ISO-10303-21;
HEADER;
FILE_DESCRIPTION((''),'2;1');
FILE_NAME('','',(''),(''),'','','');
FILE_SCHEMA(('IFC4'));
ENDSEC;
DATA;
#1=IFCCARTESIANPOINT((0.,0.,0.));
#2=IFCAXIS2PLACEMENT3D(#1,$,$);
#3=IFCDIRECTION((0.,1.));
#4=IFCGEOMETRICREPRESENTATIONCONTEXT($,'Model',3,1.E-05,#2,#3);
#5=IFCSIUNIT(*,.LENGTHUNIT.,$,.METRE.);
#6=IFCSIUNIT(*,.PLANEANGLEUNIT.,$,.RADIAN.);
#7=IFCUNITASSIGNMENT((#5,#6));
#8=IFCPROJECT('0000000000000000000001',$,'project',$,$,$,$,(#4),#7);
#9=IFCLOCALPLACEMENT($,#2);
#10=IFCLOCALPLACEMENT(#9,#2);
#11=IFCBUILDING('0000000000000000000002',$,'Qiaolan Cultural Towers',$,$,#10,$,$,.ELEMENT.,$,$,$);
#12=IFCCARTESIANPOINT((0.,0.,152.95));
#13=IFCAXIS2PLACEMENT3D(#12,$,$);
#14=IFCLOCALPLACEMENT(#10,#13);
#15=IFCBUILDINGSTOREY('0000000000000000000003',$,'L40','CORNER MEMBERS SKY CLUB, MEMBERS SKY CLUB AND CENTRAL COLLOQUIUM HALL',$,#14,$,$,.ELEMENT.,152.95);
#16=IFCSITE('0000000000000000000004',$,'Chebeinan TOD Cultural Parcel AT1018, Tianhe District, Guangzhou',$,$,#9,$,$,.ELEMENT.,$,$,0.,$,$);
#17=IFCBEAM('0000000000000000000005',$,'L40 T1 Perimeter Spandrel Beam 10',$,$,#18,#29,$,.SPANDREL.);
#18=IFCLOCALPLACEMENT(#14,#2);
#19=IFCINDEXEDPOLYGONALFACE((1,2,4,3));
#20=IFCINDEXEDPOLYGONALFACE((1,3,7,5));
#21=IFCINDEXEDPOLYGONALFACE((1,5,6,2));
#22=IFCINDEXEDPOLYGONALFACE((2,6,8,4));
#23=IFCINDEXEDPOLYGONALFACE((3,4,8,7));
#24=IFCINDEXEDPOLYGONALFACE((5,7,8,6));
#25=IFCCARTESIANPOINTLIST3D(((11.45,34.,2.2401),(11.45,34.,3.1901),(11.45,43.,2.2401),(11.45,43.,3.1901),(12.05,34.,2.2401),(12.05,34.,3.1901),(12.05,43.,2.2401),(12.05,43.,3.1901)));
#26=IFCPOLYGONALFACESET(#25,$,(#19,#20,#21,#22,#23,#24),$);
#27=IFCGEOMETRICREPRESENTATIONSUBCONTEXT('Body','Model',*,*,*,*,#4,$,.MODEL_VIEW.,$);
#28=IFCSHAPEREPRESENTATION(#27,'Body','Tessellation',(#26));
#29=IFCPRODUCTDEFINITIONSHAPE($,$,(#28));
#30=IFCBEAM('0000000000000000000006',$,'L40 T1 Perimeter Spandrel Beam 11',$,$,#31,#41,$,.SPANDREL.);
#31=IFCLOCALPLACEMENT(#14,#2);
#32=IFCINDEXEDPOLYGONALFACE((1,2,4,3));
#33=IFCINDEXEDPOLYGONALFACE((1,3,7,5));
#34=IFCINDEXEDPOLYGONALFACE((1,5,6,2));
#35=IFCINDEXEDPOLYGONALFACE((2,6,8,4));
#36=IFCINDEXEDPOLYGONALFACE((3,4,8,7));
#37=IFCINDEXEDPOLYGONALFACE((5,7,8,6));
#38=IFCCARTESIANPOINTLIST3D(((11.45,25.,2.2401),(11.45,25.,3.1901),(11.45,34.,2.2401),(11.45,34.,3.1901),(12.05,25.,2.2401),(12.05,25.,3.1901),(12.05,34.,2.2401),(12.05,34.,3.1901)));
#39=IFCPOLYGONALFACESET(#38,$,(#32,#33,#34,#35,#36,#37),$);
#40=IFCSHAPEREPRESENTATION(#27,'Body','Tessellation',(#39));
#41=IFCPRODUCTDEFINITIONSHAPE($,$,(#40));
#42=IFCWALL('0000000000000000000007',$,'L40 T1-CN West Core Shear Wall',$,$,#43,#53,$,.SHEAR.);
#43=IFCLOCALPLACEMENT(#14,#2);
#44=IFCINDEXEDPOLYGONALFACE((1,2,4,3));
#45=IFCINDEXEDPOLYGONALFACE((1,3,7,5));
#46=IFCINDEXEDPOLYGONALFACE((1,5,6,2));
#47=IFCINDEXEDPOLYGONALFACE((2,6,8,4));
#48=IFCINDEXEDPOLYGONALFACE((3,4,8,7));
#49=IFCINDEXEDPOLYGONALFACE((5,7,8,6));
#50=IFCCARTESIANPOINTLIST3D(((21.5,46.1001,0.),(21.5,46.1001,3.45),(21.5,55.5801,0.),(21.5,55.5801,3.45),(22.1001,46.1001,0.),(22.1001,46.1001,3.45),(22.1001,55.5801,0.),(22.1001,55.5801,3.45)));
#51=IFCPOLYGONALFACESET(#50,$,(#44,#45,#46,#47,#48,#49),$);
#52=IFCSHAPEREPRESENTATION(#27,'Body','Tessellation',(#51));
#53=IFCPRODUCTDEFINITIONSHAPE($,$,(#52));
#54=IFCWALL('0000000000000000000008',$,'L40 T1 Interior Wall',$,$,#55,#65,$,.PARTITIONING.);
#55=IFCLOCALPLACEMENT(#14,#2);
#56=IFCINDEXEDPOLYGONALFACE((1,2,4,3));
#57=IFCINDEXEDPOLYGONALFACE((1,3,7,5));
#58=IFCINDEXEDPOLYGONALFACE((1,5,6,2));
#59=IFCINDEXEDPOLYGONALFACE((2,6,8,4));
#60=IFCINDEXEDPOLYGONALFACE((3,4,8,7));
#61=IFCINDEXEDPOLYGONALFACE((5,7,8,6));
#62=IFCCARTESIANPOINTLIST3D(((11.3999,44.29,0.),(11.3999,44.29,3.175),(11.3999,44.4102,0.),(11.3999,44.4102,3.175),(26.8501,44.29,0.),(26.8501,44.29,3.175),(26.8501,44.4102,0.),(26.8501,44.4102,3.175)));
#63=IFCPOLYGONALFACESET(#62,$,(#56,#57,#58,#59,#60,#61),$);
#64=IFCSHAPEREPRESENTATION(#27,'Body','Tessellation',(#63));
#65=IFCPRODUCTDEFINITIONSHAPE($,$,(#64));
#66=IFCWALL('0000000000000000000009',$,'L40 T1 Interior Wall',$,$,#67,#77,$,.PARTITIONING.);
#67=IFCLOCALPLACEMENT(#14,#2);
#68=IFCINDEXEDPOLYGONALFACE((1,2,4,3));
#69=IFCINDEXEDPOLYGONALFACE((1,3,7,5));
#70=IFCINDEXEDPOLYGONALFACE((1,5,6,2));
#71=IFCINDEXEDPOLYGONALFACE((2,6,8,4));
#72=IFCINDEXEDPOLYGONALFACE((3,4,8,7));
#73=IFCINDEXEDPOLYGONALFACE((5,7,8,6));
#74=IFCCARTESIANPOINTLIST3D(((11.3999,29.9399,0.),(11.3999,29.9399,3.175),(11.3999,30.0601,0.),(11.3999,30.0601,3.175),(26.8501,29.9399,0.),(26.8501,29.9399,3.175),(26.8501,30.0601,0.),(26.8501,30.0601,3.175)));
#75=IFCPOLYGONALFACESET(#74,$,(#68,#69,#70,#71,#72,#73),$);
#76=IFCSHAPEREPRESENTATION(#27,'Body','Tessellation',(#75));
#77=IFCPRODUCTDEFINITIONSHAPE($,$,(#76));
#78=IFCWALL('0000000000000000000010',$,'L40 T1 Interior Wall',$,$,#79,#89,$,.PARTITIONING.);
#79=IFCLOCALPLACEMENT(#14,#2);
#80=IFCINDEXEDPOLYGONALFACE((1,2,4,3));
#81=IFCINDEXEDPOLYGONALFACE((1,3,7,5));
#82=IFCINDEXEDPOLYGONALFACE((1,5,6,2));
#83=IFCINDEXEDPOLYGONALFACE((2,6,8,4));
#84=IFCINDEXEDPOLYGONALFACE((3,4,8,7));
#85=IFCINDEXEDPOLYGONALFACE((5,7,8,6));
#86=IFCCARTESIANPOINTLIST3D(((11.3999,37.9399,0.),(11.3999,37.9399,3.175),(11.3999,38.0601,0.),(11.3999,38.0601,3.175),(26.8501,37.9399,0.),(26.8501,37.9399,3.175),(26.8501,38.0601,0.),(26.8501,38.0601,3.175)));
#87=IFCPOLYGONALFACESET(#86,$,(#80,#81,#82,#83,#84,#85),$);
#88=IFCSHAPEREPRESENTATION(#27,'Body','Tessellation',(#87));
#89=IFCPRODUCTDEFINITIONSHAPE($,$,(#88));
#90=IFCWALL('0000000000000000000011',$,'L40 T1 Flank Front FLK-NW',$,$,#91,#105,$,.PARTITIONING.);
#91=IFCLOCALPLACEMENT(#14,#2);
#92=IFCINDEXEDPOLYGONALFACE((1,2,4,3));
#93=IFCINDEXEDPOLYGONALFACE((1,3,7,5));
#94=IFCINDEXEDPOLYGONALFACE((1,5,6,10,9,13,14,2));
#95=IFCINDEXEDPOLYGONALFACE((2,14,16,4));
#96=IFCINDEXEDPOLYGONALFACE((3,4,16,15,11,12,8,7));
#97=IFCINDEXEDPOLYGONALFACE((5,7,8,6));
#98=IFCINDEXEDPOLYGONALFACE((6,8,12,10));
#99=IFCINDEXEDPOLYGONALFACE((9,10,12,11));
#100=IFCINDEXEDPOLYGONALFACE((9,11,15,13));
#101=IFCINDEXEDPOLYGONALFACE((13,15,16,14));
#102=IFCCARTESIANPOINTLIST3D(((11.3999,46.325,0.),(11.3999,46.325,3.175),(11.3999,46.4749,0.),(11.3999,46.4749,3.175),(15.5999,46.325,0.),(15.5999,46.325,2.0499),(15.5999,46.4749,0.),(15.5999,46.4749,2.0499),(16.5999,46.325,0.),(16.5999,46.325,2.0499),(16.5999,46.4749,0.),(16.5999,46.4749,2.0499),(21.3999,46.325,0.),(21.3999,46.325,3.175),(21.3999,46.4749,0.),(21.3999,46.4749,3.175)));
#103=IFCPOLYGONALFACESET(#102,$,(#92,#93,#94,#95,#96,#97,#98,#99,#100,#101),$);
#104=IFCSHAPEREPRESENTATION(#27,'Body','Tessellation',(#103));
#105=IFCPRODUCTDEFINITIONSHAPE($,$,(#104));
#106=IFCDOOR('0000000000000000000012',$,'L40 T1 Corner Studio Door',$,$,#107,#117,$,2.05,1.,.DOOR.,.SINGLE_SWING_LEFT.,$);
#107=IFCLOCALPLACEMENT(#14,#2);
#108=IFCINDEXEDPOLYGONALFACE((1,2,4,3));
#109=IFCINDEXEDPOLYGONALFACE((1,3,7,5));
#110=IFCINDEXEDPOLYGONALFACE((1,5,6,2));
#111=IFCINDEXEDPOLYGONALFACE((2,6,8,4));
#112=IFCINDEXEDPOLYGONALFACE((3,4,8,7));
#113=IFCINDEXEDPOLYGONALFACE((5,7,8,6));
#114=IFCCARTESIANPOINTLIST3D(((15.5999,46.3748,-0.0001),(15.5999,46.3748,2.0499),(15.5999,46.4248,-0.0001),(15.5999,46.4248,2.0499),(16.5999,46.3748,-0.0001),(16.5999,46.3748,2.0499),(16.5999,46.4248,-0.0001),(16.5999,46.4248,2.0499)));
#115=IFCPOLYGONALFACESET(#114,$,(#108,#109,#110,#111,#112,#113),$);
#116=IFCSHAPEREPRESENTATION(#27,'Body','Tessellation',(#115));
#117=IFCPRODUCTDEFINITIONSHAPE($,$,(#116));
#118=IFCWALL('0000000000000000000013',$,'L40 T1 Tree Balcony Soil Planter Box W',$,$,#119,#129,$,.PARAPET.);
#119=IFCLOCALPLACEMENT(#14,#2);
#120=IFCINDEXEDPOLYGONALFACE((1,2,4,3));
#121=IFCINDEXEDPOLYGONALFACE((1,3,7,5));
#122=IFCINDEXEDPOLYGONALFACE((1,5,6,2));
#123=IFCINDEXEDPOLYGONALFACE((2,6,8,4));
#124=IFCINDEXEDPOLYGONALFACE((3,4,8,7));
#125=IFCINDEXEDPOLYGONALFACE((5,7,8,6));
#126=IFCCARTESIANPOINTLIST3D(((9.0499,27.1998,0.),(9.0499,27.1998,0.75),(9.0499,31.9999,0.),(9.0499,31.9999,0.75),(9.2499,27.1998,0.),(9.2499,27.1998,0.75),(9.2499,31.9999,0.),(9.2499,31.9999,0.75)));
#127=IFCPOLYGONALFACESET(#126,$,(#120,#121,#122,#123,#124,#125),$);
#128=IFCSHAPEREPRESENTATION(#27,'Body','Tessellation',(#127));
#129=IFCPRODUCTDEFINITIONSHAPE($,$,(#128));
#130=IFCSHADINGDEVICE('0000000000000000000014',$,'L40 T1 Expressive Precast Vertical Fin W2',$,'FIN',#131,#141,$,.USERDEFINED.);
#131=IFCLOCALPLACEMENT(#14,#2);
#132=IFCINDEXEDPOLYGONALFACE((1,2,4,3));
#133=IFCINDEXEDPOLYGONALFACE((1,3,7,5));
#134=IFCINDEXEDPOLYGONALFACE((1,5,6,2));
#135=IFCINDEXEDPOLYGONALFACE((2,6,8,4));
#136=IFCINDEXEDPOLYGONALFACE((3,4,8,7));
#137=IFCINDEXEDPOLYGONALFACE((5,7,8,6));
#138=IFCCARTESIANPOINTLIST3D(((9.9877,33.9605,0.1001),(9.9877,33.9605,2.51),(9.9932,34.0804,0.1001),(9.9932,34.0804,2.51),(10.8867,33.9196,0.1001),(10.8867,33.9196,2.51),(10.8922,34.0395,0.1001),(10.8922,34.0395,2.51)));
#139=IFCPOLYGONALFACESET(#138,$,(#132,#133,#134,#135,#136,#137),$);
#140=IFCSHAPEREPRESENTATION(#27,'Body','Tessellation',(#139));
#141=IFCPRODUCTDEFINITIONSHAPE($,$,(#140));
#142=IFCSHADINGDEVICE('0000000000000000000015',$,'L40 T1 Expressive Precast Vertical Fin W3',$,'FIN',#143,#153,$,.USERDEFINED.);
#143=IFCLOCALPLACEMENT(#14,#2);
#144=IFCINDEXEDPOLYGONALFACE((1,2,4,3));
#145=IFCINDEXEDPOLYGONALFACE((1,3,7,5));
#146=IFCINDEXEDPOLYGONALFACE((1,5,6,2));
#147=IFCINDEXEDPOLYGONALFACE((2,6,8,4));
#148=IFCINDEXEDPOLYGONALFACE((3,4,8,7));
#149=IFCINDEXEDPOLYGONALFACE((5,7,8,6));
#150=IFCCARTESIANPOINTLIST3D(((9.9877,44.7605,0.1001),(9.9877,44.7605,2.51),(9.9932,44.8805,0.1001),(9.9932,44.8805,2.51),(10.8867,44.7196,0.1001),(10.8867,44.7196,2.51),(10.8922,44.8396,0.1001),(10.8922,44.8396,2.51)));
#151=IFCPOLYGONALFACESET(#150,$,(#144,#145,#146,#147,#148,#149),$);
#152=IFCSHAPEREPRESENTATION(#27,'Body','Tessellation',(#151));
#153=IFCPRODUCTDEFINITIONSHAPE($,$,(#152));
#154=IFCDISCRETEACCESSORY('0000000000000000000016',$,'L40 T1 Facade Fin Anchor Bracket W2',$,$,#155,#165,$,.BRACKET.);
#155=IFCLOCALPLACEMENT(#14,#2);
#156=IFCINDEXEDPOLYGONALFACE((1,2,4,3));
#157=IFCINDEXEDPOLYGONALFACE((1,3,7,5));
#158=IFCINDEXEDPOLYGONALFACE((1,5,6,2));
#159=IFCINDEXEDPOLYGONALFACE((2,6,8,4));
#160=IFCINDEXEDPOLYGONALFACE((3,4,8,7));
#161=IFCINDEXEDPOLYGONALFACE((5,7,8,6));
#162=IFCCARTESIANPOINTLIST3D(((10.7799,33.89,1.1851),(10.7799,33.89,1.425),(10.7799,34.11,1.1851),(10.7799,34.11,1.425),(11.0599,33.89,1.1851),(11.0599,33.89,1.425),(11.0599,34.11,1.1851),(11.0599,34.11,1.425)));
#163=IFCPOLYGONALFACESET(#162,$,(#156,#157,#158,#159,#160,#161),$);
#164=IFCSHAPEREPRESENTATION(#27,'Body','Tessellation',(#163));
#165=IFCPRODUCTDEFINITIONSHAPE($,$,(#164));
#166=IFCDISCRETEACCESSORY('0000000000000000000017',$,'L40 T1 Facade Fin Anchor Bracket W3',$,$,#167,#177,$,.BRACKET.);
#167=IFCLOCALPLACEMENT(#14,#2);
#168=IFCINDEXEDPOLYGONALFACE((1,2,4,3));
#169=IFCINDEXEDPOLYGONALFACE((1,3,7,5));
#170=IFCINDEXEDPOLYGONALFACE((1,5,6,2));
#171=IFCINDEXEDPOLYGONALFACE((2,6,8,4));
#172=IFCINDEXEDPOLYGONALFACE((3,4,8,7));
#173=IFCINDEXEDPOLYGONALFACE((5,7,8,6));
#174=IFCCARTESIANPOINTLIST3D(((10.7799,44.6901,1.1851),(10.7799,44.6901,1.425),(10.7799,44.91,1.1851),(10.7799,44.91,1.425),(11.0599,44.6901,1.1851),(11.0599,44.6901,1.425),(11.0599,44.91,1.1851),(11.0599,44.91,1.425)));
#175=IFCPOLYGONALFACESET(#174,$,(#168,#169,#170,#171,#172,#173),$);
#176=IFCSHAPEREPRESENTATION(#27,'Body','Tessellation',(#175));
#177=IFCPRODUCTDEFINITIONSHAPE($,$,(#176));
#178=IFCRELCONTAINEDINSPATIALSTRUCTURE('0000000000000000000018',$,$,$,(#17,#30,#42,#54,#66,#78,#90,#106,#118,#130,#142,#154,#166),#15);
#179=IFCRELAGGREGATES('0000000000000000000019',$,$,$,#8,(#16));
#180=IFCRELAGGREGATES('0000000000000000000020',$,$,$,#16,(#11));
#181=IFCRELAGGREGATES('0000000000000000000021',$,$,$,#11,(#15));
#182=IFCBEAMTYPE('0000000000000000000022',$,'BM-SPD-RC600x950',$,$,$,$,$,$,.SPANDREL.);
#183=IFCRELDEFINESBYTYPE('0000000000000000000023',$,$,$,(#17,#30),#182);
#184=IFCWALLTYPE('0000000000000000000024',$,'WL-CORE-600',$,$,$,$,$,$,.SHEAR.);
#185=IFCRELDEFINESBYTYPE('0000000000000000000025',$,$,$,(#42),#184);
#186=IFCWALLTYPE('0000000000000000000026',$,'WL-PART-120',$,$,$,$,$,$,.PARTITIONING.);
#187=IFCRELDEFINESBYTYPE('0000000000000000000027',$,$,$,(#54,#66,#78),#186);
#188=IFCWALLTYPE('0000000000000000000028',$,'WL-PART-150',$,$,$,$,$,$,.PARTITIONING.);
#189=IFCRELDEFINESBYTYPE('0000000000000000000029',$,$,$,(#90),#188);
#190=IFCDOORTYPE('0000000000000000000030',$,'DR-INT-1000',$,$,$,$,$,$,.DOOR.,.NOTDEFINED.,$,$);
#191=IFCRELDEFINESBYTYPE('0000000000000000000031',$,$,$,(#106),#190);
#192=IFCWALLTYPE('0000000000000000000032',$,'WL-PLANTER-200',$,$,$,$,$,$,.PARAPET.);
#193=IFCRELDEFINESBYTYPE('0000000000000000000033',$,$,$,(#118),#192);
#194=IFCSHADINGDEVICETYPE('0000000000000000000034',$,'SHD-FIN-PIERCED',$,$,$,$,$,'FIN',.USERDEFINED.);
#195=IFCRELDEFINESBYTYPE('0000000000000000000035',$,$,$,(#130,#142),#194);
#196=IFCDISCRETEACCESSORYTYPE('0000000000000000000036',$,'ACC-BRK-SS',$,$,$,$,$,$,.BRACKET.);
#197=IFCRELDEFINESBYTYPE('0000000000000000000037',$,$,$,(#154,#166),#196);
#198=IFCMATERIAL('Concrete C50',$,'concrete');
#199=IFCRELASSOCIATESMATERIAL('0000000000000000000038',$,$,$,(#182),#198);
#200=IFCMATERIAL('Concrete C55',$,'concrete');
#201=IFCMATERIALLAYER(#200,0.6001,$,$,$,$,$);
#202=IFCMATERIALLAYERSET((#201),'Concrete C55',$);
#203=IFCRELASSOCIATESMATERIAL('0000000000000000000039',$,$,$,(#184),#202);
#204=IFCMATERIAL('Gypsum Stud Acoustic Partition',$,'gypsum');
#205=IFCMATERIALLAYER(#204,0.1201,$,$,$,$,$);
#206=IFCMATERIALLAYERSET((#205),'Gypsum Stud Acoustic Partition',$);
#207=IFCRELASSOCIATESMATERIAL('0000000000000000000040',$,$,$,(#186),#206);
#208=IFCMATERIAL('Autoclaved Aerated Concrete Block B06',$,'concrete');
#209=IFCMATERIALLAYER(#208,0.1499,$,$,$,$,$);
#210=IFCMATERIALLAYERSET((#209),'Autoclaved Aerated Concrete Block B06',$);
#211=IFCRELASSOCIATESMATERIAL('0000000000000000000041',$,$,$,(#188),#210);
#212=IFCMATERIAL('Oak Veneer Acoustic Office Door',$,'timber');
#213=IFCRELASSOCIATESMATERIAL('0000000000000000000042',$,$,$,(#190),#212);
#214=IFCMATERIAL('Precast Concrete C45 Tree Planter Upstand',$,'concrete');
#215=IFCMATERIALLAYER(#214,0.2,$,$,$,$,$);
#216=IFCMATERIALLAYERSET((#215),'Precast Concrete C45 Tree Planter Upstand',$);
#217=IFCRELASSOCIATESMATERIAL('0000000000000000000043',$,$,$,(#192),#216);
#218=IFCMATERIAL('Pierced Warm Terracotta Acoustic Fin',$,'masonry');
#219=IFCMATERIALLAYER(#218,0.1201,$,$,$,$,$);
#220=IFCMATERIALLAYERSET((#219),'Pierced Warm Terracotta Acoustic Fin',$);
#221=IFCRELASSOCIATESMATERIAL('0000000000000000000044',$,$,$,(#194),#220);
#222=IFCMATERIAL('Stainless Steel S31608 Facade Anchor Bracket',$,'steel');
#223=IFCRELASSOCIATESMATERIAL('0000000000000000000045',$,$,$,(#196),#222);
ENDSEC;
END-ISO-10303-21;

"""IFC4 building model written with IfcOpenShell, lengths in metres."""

from ifc_helpers import new_model, si_unit, direction, frame, frame_2d, origin, origin_2d, place, context, subcontext, project, spatial, rectangle, extrude, material, layer, layer_set, material_profile, profile_set, type_object, element, fill, save


model = new_model("IFC4")

# Units and contexts
model_context = context("Model", 3, precision=1e-05, world=origin(), true_north=direction((0.0, 1.0)))
body_context = subcontext(model_context, "Body", "Model", "MODEL_VIEW")
ifc_project = project(units=[si_unit("LENGTHUNIT", "METRE"), si_unit("PLANEANGLEUNIT", "RADIAN")], contexts=[model_context])

# Site, building, storey
site_placement = place(None, origin())
site = spatial("IfcSite", under=ifc_project, at=site_placement, Name="Chebeinan TOD Cultural Parcel AT1018, Tianhe District, Guangzhou", CompositionType="ELEMENT", RefElevation=0.0)
building_placement = place(site_placement, origin())
building = spatial("IfcBuilding", under=site, at=building_placement, Name="Qiaolan Cultural Towers", CompositionType="ELEMENT")
storey_placement = place(building_placement, frame((0.0, 0.0, 152.95)))
storey = spatial("IfcBuildingStorey", under=building, at=storey_placement, Name="L40", Description="CORNER MEMBERS SKY CLUB, MEMBERS SKY CLUB AND CENTRAL COLLOQUIUM HALL", CompositionType="ELEMENT", Elevation=152.95)

# Beams
ifc_material_1 = material(Name="Concrete C50", Category="concrete")
ifc_material_profile_1 = material_profile(ifc_material_1, rectangle(XDim=0.6001, YDim=0.95, at=origin_2d()), Name="RC600x950")
ifc_profile_set_1 = profile_set([ifc_material_profile_1], Name="Concrete C50")
beam_type_1 = type_object("IfcBeamType", Name="BM-SPD-RC600x950", PredefinedType="SPANDREL", material=ifc_profile_set_1)
for number, where, z_axis, x_axis, name in (
    (1, (11.75, 43.0, 2.7151), (0.0, -1.0, 0.0), (1.0, 0.0, 0.0), "L40 T1 Perimeter Spandrel Beam 10"),
    (2, (11.75, 34.0, 2.7151), (0.0, -1.0, 0.0), (1.0, 0.0, 0.0), "L40 T1 Perimeter Spandrel Beam 11"),
):
    element("IfcBeam", number, at=place(storey_placement, frame(where, z_axis=z_axis, x_axis=x_axis)), inside=storey, type_object=beam_type_1, Name=name, PredefinedType="SPANDREL", context=body_context, shape_type="SweptSolid", body=[
        extrude(rectangle(XDim=0.6001, YDim=0.95, at=origin_2d()), origin(), (0.0, 0.0, 1.0), 9.0),
    ])

# Walls
ifc_material_2 = material(Name="Concrete C55", Category="concrete")
ifc_layer_1 = layer(ifc_material_2, 0.6001)
ifc_layer_set_1 = layer_set([ifc_layer_1], Name="Concrete C55")
wall_type_1 = type_object("IfcWallType", Name="WL-CORE-600", PredefinedType="SHEAR", material=ifc_layer_set_1)
wall_1_placement = place(storey_placement, frame((21.8, 46.1001, 0.0), z_axis=(0.0, 0.0, 1.0), x_axis=(0.0, 1.0, 0.0)))
element("IfcWall", 3, at=wall_1_placement, inside=storey, type_object=wall_type_1, Name="L40 T1-CN West Core Shear Wall", PredefinedType="SHEAR", context=body_context, shape_type="SweptSolid", body=[
    extrude(rectangle(XDim=9.48, YDim=0.6001, at=frame_2d((4.74, 0.0))), origin(), (0.0, 0.0, 1.0), 3.45),
])
ifc_material_3 = material(Name="Gypsum Stud Acoustic Partition", Category="gypsum")
ifc_layer_2 = layer(ifc_material_3, 0.1201)
ifc_layer_set_2 = layer_set([ifc_layer_2], Name="Gypsum Stud Acoustic Partition")
wall_type_2 = type_object("IfcWallType", Name="WL-PART-120", PredefinedType="PARTITIONING", material=ifc_layer_set_2)
for number, where, z_axis, x_axis, name in (
    (4, (11.3999, 44.3501, 0.0), (0.0, 0.0, 1.0), (1.0, 0.0, 0.0), "L40 T1 Interior Wall"),
    (5, (11.3999, 30.0, 0.0), (0.0, 0.0, 1.0), (1.0, 0.0, 0.0), "L40 T1 Interior Wall"),
    (6, (11.3999, 38.0, 0.0), (0.0, 0.0, 1.0), (1.0, 0.0, 0.0), "L40 T1 Interior Wall"),
):
    element("IfcWall", number, at=place(storey_placement, frame(where, z_axis=z_axis, x_axis=x_axis)), inside=storey, type_object=wall_type_2, Name=name, PredefinedType="PARTITIONING", context=body_context, shape_type="SweptSolid", body=[
        extrude(rectangle(XDim=15.4502, YDim=0.1201, at=frame_2d((7.7251, 0.0))), origin(), (0.0, 0.0, 1.0), 3.175),
    ])

# Wall, opening, door
ifc_material_4 = material(Name="Autoclaved Aerated Concrete Block B06", Category="concrete")
ifc_layer_3 = layer(ifc_material_4, 0.1499)
ifc_layer_set_3 = layer_set([ifc_layer_3], Name="Autoclaved Aerated Concrete Block B06")
wall_type_3 = type_object("IfcWallType", Name="WL-PART-150", PredefinedType="PARTITIONING", material=ifc_layer_set_3)
wall_2_placement = place(storey_placement, frame((11.3999, 46.3999, 0.0), z_axis=(0.0, 0.0, 1.0), x_axis=(1.0, 0.0, 0.0)))
wall_2 = element("IfcWall", 7, at=wall_2_placement, inside=storey, type_object=wall_type_3, Name="L40 T1 Flank Front FLK-NW", PredefinedType="PARTITIONING", context=body_context, shape_type="SweptSolid", body=[
    extrude(rectangle(XDim=10.0, YDim=0.1499, at=frame_2d((5.0, 0.0))), origin(), (0.0, 0.0, 1.0), 3.175),
])
opening_placement = place(wall_2_placement, frame((4.2, 0.0, 0.0)))
opening = element("IfcOpeningElement", 8, at=opening_placement, cuts=wall_2, PredefinedType="OPENING", context=body_context, shape_type="SweptSolid", body=[
    extrude(rectangle(XDim=1.0, YDim=2.05, at=frame_2d((0.5, 1.0249))), frame((0.0, 0.085, 0.0), z_axis=(0.0, -1.0, 0.0), x_axis=(1.0, 0.0, 0.0)), (0.0, 0.0, 1.0), 0.1699),
])
ifc_material_5 = material(Name="Oak Veneer Acoustic Office Door", Category="timber")
door_type = type_object("IfcDoorType", Name="DR-INT-1000", OperationType="NOTDEFINED", PredefinedType="DOOR", material=ifc_material_5)
door_placement = place(opening_placement, origin())
door = element("IfcDoor", 9, at=door_placement, inside=storey, type_object=door_type, Name="L40 T1 Corner Studio Door", OperationType="SINGLE_SWING_LEFT", OverallHeight=2.05, OverallWidth=1.0, PredefinedType="DOOR", context=body_context, shape_type="SweptSolid", body=[
    extrude(rectangle(XDim=1.0, YDim=2.05, at=frame_2d((0.5, 1.0249))), frame((0.0, 0.0249, 0.0), z_axis=(0.0, -1.0, 0.0), x_axis=(1.0, 0.0, 0.0)), (0.0, 0.0, 1.0), 0.05),
])
fill(opening, door)

# Wall
ifc_material_6 = material(Name="Precast Concrete C45 Tree Planter Upstand", Category="concrete")
ifc_layer_4 = layer(ifc_material_6, 0.2)
ifc_layer_set_4 = layer_set([ifc_layer_4], Name="Precast Concrete C45 Tree Planter Upstand")
wall_type_4 = type_object("IfcWallType", Name="WL-PLANTER-200", PredefinedType="PARAPET", material=ifc_layer_set_4)
wall_3_placement = place(storey_placement, frame((9.1499, 27.2, 0.0), z_axis=(0.0, 0.0, 1.0), x_axis=(0.0, 1.0, 0.0)))
element("IfcWall", 10, at=wall_3_placement, inside=storey, type_object=wall_type_4, Name="L40 T1 Tree Balcony Soil Planter Box W", PredefinedType="PARAPET", context=body_context, shape_type="SweptSolid", body=[
    extrude(rectangle(XDim=4.8, YDim=0.2, at=frame_2d((2.3999, 0.0))), origin(), (0.0, 0.0, 1.0), 0.75),
])

# Shading devices
ifc_material_7 = material(Name="Pierced Warm Terracotta Acoustic Fin", Category="masonry")
ifc_layer_5 = layer(ifc_material_7, 0.1201)
ifc_layer_set_5 = layer_set([ifc_layer_5], Name="Pierced Warm Terracotta Acoustic Fin")
shading_device_type = type_object("IfcShadingDeviceType", Name="SHD-FIN-PIERCED", ElementType="FIN", PredefinedType="USERDEFINED", material=ifc_layer_set_5)
for number, where, z_axis, x_axis, name in (
    (11, (10.4399, 34.0, 0.1001), (0.0, 0.0, 1.0), (0.998967, -0.045445, 0.0), "L40 T1 Expressive Precast Vertical Fin W2"),
    (12, (10.4399, 44.8, 0.1001), (0.0, 0.0, 1.0), (0.998967, -0.045445, 0.0), "L40 T1 Expressive Precast Vertical Fin W3"),
):
    element("IfcShadingDevice", number, at=place(storey_placement, frame(where, z_axis=z_axis, x_axis=x_axis)), inside=storey, type_object=shading_device_type, Name=name, ObjectType="FIN", PredefinedType="USERDEFINED", context=body_context, shape_type="SweptSolid", body=[
        extrude(rectangle(XDim=0.8999, YDim=0.1201, at=origin_2d()), origin(), (0.0, 0.0, 1.0), 2.4099),
    ])

# Discrete accessories
ifc_material_8 = material(Name="Stainless Steel S31608 Facade Anchor Bracket", Category="steel")
discrete_accessory_type = type_object("IfcDiscreteAccessoryType", Name="ACC-BRK-SS", PredefinedType="BRACKET", material=ifc_material_8)
for number, where, z_axis, x_axis, name in (
    (13, (10.9199, 34.0, 1.1851), (0.0, 0.0, 1.0), (1.0, 0.0, 0.0), "L40 T1 Facade Fin Anchor Bracket W2"),
    (14, (10.9199, 44.8, 1.1851), (0.0, 0.0, 1.0), (1.0, 0.0, 0.0), "L40 T1 Facade Fin Anchor Bracket W3"),
):
    element("IfcDiscreteAccessory", number, at=place(storey_placement, frame(where, z_axis=z_axis, x_axis=x_axis)), inside=storey, type_object=discrete_accessory_type, Name=name, PredefinedType="BRACKET", context=body_context, shape_type="SweptSolid", body=[
        extrude(rectangle(XDim=0.28, YDim=0.22, at=origin_2d()), origin(), (0.0, 0.0, 1.0), 0.24),
    ])

save(model, "model.ifc")
